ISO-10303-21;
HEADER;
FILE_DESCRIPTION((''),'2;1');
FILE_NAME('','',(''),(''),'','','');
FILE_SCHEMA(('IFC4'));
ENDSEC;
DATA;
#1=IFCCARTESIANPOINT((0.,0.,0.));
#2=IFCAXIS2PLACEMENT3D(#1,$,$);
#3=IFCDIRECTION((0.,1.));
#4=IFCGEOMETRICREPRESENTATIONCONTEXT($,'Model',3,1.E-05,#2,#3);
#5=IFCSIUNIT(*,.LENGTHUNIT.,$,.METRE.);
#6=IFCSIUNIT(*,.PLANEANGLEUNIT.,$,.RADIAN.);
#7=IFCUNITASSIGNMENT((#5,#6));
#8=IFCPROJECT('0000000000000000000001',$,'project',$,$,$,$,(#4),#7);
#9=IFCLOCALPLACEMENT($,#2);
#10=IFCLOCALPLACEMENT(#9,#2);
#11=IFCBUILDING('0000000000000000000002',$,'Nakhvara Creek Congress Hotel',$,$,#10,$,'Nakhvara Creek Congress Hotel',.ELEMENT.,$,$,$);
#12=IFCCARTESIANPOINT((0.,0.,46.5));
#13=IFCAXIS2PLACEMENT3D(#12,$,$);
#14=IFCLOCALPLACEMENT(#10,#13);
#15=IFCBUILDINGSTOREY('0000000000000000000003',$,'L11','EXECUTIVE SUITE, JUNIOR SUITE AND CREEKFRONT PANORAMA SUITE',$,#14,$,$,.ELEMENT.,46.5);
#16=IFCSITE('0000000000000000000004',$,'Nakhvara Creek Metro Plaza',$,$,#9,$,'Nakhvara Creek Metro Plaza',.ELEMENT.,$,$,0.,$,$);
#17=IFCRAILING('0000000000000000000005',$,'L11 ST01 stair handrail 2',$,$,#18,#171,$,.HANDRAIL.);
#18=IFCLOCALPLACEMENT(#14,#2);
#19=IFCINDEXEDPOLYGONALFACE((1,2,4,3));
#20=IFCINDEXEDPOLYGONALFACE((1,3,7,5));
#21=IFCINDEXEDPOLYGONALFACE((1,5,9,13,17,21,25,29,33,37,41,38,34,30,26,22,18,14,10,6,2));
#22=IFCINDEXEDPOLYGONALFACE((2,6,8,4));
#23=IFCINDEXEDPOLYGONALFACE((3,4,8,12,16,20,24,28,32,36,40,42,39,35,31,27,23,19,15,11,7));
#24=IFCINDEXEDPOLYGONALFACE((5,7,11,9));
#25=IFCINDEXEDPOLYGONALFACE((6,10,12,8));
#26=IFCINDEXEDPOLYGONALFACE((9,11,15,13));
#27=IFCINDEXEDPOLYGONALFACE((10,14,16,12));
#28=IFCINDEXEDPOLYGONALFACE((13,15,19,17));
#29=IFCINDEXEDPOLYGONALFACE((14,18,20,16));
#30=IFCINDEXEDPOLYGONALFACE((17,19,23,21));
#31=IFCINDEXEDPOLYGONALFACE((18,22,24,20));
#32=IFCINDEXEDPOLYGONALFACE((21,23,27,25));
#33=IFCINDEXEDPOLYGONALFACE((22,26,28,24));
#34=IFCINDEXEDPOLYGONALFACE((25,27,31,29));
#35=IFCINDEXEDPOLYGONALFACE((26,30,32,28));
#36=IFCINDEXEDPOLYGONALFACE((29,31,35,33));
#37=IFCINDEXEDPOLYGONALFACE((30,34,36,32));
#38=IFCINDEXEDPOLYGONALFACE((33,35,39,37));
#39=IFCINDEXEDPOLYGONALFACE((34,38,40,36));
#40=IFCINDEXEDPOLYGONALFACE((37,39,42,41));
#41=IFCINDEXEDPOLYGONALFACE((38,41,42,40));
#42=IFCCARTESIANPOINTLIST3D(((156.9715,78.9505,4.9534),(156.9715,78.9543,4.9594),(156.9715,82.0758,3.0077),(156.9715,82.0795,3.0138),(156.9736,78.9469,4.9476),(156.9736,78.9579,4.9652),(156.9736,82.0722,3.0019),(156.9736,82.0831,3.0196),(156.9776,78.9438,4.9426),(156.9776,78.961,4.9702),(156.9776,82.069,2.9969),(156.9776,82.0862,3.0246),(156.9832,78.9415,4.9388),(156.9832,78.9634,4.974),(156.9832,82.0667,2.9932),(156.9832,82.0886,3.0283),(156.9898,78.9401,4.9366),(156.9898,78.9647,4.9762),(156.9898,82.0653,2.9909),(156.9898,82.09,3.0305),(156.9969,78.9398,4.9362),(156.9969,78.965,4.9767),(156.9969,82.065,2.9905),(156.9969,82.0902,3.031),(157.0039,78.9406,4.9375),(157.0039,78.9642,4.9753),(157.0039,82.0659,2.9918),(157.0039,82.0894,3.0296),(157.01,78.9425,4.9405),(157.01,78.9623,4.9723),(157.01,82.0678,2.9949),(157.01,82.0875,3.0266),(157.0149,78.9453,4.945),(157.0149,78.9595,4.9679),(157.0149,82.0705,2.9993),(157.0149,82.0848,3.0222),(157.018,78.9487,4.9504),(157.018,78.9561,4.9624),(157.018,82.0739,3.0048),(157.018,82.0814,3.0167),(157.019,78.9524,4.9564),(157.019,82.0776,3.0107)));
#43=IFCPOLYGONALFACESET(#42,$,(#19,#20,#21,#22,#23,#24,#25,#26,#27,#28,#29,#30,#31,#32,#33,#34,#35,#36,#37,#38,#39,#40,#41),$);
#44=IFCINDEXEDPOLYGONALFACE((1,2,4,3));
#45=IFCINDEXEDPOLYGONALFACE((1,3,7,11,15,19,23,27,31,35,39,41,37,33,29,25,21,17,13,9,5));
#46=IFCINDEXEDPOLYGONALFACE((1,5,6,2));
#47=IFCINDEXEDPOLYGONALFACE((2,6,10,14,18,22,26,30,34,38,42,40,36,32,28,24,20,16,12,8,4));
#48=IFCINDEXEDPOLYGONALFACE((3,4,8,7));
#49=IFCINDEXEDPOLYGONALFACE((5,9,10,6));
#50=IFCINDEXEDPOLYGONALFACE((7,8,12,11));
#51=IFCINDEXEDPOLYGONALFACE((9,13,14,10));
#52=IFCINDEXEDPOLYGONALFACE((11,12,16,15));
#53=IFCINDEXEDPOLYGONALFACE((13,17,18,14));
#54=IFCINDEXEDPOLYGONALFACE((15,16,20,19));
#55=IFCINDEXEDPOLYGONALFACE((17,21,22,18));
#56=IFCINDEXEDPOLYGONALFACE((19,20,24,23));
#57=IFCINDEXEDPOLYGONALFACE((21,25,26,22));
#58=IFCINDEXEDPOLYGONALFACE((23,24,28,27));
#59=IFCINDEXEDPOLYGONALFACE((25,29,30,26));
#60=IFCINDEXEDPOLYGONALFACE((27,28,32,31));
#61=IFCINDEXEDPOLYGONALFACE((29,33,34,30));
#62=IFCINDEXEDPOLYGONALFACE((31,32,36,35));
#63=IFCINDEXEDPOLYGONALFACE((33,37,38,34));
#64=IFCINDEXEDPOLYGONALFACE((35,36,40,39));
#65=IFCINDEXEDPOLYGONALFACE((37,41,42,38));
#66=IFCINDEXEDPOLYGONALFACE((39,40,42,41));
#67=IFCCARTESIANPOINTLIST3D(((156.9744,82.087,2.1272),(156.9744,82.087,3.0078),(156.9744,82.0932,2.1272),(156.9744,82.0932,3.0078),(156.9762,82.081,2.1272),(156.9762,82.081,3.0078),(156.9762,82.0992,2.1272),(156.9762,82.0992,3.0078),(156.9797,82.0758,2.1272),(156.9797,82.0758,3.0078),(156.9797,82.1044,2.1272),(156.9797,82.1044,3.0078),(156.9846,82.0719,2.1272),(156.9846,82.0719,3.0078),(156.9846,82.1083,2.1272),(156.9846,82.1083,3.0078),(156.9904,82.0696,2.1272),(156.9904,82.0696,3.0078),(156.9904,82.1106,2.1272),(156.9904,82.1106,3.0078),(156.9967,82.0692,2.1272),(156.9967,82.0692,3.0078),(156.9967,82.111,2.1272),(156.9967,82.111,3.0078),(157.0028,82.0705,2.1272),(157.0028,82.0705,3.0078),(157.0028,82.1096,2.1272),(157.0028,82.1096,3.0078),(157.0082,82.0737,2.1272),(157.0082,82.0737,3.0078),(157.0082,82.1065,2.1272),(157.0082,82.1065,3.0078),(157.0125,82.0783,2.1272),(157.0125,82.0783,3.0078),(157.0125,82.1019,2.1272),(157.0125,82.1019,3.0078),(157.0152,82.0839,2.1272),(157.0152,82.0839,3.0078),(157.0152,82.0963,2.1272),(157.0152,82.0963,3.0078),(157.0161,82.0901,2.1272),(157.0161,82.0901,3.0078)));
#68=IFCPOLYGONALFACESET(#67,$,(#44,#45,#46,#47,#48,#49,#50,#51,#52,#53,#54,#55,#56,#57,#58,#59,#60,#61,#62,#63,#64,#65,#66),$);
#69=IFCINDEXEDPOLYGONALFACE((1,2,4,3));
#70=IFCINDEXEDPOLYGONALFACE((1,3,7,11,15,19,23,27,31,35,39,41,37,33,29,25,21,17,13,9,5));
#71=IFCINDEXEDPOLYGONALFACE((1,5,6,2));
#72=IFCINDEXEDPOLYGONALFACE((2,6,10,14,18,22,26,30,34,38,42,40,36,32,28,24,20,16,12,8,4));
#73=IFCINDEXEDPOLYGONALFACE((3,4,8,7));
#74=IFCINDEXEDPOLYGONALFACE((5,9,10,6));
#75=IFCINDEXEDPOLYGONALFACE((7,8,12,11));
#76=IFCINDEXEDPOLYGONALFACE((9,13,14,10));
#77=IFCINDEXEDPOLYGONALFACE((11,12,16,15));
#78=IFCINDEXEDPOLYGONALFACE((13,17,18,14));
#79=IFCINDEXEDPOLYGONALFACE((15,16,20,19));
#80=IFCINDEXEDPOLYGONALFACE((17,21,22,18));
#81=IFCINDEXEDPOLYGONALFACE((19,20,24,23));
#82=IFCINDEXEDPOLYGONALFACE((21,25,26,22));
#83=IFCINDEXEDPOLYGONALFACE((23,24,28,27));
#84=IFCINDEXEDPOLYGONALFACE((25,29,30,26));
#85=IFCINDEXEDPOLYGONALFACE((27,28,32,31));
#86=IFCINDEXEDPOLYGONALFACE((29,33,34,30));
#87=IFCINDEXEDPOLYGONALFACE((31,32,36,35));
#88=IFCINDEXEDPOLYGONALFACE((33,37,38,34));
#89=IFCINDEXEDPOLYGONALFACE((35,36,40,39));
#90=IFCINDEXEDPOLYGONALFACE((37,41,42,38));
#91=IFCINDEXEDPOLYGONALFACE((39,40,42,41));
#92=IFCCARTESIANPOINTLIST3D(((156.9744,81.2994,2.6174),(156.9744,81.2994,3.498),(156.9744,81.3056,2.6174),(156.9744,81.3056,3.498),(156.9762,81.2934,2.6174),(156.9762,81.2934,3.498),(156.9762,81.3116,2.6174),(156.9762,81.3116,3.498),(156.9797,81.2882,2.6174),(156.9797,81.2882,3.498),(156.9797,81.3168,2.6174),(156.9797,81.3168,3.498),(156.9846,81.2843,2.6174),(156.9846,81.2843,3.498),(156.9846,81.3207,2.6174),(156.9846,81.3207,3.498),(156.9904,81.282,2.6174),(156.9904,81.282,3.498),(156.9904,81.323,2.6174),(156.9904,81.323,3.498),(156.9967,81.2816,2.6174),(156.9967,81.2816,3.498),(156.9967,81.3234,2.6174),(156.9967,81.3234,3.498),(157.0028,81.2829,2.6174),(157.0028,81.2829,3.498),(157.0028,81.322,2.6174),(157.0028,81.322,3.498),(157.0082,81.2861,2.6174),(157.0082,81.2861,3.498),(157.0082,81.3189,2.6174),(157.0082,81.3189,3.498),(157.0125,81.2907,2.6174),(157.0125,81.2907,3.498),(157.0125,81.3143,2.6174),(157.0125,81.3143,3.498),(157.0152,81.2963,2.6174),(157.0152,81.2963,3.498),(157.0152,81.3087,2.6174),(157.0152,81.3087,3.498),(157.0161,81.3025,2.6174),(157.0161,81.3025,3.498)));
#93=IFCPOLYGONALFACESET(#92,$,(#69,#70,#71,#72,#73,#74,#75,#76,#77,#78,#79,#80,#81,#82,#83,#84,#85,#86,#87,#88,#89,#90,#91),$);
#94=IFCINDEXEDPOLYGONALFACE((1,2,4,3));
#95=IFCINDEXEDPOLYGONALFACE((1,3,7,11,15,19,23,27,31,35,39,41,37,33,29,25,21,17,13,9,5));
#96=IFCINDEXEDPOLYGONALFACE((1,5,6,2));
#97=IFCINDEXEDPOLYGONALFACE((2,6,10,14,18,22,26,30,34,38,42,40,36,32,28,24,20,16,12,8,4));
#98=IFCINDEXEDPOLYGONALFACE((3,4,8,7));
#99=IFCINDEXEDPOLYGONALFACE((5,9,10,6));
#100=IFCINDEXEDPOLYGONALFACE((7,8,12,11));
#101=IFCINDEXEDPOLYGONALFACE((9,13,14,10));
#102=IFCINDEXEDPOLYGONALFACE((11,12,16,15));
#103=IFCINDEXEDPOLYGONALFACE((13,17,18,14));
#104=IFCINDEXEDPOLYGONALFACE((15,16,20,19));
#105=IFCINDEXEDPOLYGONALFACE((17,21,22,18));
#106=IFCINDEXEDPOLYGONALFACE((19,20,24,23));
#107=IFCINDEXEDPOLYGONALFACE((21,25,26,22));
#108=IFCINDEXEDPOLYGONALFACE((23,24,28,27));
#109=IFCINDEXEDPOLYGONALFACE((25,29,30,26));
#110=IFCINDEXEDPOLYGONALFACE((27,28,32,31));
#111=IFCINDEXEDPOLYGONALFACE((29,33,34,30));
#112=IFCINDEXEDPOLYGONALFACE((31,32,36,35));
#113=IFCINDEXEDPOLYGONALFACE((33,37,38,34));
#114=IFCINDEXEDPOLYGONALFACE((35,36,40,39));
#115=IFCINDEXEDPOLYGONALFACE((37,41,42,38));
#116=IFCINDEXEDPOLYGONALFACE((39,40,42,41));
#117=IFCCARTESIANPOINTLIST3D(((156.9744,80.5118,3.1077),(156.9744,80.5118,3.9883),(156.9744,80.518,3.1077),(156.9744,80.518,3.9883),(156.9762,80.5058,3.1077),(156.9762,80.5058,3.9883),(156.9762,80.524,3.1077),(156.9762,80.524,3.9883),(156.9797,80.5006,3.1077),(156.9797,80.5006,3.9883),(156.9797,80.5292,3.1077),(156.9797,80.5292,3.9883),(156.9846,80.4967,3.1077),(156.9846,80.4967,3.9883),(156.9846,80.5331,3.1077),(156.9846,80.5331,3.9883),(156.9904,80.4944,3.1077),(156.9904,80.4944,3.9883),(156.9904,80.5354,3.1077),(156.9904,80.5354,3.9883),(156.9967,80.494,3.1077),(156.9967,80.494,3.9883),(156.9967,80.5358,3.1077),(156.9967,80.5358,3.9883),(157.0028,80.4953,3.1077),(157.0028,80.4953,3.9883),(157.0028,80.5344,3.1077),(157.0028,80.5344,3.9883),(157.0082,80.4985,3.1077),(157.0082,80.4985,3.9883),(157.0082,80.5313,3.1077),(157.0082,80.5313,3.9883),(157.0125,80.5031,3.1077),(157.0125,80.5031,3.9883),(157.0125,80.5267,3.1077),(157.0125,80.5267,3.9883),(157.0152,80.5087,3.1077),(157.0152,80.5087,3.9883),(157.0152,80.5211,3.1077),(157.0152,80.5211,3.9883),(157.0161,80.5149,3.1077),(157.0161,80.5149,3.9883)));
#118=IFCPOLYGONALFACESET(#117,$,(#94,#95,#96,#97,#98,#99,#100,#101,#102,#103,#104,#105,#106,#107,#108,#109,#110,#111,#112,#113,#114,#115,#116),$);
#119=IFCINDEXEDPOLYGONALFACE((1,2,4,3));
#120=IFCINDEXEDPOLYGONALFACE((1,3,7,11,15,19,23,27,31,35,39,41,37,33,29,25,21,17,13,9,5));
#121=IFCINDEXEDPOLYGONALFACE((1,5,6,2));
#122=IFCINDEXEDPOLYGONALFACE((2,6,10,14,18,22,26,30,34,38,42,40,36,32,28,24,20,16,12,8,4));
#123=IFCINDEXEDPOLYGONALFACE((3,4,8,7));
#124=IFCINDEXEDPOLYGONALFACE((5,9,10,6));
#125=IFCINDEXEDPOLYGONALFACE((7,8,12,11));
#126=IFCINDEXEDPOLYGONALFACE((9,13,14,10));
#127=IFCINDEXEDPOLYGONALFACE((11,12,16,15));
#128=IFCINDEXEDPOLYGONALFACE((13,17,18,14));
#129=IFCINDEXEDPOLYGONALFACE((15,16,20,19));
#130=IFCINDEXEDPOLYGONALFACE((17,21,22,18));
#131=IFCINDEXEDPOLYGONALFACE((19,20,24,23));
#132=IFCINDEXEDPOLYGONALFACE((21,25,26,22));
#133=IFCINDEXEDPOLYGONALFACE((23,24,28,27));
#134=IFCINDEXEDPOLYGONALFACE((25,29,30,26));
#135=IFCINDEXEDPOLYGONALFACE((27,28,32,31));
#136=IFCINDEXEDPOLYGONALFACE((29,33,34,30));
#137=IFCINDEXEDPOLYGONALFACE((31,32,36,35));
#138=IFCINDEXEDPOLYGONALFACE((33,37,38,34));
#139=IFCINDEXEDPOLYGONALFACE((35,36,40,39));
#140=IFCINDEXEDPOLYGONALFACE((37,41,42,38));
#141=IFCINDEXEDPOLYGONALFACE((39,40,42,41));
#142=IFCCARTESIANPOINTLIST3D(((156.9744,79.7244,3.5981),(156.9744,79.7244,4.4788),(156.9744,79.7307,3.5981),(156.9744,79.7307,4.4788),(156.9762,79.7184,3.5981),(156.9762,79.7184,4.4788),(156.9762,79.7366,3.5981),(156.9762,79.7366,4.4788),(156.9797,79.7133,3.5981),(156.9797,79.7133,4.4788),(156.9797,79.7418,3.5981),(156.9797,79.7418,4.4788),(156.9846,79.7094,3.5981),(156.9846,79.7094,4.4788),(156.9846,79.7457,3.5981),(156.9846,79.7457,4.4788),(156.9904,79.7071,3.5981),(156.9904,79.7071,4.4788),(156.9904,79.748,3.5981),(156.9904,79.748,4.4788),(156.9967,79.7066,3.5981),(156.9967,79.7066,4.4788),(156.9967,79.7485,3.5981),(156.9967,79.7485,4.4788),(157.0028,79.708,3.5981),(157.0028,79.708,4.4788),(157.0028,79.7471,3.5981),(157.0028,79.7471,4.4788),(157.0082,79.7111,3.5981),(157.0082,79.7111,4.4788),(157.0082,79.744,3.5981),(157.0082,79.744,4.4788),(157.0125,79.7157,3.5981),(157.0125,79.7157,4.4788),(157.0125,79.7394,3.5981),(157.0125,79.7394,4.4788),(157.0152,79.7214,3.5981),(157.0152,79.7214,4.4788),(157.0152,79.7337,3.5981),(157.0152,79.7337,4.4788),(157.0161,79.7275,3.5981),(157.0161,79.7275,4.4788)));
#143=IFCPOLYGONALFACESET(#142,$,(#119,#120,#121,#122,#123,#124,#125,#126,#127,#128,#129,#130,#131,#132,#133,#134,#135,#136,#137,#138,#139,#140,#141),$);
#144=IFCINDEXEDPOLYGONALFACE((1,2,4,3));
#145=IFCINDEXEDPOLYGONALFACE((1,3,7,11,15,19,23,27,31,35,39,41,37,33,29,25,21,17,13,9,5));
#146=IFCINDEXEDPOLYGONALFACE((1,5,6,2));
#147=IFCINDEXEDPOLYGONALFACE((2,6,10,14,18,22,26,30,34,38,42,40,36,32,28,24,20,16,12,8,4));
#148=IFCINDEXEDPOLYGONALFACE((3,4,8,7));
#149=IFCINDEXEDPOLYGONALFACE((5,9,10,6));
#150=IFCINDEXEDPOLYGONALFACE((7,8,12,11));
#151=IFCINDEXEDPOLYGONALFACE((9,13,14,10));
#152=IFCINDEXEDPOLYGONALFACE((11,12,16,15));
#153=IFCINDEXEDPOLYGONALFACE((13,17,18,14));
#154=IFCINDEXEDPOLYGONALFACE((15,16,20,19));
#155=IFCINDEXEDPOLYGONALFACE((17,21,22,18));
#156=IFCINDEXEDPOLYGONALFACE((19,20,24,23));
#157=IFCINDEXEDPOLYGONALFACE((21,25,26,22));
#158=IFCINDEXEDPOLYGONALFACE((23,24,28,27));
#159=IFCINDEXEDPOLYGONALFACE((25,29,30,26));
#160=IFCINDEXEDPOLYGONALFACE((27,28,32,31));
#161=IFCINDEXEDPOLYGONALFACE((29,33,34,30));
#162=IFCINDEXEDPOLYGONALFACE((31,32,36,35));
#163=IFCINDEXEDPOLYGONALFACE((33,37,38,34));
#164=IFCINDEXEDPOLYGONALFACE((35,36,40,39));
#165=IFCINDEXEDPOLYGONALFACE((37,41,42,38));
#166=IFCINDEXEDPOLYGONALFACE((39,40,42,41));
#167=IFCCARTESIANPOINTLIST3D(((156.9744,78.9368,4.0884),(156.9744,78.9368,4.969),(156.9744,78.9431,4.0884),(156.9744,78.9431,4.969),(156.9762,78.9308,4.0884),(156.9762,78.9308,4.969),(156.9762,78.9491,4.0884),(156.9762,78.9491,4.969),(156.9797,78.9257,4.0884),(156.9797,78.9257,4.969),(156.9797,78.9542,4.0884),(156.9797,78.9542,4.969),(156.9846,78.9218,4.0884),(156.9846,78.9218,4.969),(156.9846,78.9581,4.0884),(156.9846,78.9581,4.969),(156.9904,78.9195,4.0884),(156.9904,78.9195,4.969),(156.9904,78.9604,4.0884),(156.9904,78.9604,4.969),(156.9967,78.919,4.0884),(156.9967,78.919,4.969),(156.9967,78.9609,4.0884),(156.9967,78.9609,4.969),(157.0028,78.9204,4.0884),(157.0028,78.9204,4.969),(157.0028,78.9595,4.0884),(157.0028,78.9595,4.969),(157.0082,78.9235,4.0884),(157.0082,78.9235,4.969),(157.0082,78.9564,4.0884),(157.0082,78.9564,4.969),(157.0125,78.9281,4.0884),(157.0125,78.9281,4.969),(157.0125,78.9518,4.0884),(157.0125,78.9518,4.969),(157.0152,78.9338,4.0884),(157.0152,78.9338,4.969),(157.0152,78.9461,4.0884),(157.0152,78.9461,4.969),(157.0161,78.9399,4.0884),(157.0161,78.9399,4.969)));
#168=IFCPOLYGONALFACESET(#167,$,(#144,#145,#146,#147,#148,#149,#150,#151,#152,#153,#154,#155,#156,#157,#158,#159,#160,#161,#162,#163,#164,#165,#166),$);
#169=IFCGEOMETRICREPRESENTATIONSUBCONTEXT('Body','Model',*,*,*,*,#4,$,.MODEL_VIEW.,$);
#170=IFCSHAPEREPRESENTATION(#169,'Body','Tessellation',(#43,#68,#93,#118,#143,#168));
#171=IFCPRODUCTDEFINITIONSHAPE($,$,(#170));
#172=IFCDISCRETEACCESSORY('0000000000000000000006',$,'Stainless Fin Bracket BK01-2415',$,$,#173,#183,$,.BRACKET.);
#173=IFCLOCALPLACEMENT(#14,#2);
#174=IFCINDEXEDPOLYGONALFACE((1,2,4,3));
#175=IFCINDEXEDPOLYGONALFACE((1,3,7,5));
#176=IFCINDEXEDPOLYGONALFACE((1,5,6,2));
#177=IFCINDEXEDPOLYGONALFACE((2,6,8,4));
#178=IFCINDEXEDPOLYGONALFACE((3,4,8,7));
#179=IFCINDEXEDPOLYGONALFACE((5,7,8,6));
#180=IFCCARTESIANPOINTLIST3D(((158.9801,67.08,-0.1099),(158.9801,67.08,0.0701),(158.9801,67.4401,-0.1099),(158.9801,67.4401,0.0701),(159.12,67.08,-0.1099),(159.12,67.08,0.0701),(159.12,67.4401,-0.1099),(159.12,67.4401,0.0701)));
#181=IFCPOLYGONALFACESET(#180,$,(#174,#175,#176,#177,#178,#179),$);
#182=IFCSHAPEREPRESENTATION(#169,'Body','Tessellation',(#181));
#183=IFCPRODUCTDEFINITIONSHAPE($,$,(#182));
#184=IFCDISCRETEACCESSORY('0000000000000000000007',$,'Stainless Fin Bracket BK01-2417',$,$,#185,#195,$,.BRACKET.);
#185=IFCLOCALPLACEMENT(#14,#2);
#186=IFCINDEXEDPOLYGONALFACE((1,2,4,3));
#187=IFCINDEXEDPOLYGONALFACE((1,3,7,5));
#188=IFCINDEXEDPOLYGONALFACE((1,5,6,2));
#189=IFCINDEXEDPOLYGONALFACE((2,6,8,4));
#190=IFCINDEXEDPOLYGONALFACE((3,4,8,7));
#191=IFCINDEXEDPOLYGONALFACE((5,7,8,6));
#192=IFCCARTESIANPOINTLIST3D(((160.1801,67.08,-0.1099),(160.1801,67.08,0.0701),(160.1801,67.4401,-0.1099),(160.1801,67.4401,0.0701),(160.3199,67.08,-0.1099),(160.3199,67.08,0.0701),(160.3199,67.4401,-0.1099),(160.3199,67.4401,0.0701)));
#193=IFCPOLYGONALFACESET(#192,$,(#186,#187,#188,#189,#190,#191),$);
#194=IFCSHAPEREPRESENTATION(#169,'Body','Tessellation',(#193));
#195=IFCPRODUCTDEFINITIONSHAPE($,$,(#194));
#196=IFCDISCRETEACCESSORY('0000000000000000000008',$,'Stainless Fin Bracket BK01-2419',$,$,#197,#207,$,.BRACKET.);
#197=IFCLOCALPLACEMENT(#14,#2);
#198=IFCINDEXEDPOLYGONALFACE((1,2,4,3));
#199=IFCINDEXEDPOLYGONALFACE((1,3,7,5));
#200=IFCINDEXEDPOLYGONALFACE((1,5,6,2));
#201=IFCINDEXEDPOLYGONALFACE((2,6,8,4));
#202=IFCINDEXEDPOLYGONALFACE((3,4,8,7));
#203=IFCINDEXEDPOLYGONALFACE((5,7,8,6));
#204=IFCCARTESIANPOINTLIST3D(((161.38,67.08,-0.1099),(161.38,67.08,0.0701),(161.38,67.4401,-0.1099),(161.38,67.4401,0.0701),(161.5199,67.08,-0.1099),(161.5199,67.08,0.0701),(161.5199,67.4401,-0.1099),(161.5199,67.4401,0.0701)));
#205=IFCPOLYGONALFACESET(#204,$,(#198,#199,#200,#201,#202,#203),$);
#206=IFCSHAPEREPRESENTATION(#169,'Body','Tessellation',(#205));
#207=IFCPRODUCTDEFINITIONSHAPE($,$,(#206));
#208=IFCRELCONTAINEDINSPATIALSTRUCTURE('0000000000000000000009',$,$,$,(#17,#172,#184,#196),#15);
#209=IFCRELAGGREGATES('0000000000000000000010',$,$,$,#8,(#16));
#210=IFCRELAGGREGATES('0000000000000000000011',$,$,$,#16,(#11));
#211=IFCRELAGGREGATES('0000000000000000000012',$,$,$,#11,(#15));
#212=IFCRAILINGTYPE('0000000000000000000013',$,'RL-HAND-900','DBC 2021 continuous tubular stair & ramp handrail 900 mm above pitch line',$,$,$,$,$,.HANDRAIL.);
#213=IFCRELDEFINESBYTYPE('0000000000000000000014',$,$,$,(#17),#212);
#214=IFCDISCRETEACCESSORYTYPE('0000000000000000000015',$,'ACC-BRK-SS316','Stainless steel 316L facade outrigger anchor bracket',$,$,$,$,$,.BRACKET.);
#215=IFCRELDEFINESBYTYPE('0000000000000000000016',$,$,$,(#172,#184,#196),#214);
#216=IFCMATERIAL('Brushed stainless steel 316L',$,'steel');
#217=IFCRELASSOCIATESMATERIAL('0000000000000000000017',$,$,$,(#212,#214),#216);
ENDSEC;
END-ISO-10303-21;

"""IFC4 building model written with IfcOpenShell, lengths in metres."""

from ifc_helpers import new_model, si_unit, direction, frame, origin, origin_2d, place, context, subcontext, project, spatial, rectangle, circle, extrude, material, type_object, element, save


model = new_model("IFC4")

# Units and contexts
model_context = context("Model", 3, precision=1e-05, world=origin(), true_north=direction((0.0, 1.0)))
body_context = subcontext(model_context, "Body", "Model", "MODEL_VIEW")
ifc_project = project(units=[si_unit("LENGTHUNIT", "METRE"), si_unit("PLANEANGLEUNIT", "RADIAN")], contexts=[model_context])

# Site, building, storey
site_placement = place(None, origin())
site = spatial("IfcSite", under=ifc_project, at=site_placement, Name="Nakhvara Creek Metro Plaza", LongName="Nakhvara Creek Metro Plaza", CompositionType="ELEMENT", RefElevation=0.0)
building_placement = place(site_placement, origin())
building = spatial("IfcBuilding", under=site, at=building_placement, Name="Nakhvara Creek Congress Hotel", LongName="Nakhvara Creek Congress Hotel", CompositionType="ELEMENT")
storey_placement = place(building_placement, frame((0.0, 0.0, 46.5)))
storey = spatial("IfcBuildingStorey", under=building, at=storey_placement, Name="L11", Description="EXECUTIVE SUITE, JUNIOR SUITE AND CREEKFRONT PANORAMA SUITE", CompositionType="ELEMENT", Elevation=46.5)

# Railing
ifc_material_1 = material(Name="Brushed stainless steel 316L", Category="steel")
railing_type_1 = type_object("IfcRailingType", Name="RL-HAND-900", Description="DBC 2021 continuous tubular stair & ramp handrail 900 mm above pitch line", PredefinedType="HANDRAIL", material=ifc_material_1)
railing_1_placement = place(storey_placement, frame((156.9951, 82.0901, 2.1272)))
element("IfcRailing", 1, at=railing_1_placement, inside=storey, type_object=railing_type_1, Name="L11 ST01 stair handrail 2", PredefinedType="HANDRAIL", context=body_context, shape_type="SweptSolid", body=[
    extrude(circle(Radius=0.0239, at=origin_2d()), frame((0.0, -0.0125, 0.8835), z_axis=(0.0, -0.848925, 0.528514), x_axis=(1.0, 0.0, 0.0)), (0.0, 0.0, 1.0), 3.6814),
    extrude(circle(Radius=0.021, at=origin_2d()), origin(), (0.0, 0.0, 1.0), 0.8806),
    extrude(circle(Radius=0.021, at=origin_2d()), frame((0.0, -0.7876, 0.4902)), (0.0, 0.0, 1.0), 0.8806),
    extrude(circle(Radius=0.021, at=origin_2d()), frame((0.0, -1.5752, 0.9805)), (0.0, 0.0, 1.0), 0.8806),
    extrude(circle(Radius=0.021, at=origin_2d()), frame((0.0, -2.3625, 1.4709)), (0.0, 0.0, 1.0), 0.8806),
    extrude(circle(Radius=0.021, at=origin_2d()), frame((0.0, -3.1501, 1.9612)), (0.0, 0.0, 1.0), 0.8806),
])

# Discrete accessories
discrete_accessory_type = type_object("IfcDiscreteAccessoryType", Name="ACC-BRK-SS316", Description="Stainless steel 316L facade outrigger anchor bracket", PredefinedType="BRACKET", material=ifc_material_1)
for number, where, z_axis, x_axis, name in (
    (2, (159.05, 67.26, -0.1099), (0.0, 0.0, 1.0), (1.0, 0.0, 0.0), "Stainless Fin Bracket BK01-2415"),
    (3, (160.25, 67.26, -0.1099), (0.0, 0.0, 1.0), (1.0, 0.0, 0.0), "Stainless Fin Bracket BK01-2417"),
    (4, (161.45, 67.26, -0.1099), (0.0, 0.0, 1.0), (1.0, 0.0, 0.0), "Stainless Fin Bracket BK01-2419"),
):
    element("IfcDiscreteAccessory", number, at=place(storey_placement, frame(where, z_axis=z_axis, x_axis=x_axis)), inside=storey, type_object=discrete_accessory_type, Name=name, PredefinedType="BRACKET", context=body_context, shape_type="SweptSolid", body=[
        extrude(rectangle(XDim=0.1399, YDim=0.3601, at=origin_2d()), origin(), (0.0, 0.0, 1.0), 0.1799),
    ])

save(model, "model.ifc")
